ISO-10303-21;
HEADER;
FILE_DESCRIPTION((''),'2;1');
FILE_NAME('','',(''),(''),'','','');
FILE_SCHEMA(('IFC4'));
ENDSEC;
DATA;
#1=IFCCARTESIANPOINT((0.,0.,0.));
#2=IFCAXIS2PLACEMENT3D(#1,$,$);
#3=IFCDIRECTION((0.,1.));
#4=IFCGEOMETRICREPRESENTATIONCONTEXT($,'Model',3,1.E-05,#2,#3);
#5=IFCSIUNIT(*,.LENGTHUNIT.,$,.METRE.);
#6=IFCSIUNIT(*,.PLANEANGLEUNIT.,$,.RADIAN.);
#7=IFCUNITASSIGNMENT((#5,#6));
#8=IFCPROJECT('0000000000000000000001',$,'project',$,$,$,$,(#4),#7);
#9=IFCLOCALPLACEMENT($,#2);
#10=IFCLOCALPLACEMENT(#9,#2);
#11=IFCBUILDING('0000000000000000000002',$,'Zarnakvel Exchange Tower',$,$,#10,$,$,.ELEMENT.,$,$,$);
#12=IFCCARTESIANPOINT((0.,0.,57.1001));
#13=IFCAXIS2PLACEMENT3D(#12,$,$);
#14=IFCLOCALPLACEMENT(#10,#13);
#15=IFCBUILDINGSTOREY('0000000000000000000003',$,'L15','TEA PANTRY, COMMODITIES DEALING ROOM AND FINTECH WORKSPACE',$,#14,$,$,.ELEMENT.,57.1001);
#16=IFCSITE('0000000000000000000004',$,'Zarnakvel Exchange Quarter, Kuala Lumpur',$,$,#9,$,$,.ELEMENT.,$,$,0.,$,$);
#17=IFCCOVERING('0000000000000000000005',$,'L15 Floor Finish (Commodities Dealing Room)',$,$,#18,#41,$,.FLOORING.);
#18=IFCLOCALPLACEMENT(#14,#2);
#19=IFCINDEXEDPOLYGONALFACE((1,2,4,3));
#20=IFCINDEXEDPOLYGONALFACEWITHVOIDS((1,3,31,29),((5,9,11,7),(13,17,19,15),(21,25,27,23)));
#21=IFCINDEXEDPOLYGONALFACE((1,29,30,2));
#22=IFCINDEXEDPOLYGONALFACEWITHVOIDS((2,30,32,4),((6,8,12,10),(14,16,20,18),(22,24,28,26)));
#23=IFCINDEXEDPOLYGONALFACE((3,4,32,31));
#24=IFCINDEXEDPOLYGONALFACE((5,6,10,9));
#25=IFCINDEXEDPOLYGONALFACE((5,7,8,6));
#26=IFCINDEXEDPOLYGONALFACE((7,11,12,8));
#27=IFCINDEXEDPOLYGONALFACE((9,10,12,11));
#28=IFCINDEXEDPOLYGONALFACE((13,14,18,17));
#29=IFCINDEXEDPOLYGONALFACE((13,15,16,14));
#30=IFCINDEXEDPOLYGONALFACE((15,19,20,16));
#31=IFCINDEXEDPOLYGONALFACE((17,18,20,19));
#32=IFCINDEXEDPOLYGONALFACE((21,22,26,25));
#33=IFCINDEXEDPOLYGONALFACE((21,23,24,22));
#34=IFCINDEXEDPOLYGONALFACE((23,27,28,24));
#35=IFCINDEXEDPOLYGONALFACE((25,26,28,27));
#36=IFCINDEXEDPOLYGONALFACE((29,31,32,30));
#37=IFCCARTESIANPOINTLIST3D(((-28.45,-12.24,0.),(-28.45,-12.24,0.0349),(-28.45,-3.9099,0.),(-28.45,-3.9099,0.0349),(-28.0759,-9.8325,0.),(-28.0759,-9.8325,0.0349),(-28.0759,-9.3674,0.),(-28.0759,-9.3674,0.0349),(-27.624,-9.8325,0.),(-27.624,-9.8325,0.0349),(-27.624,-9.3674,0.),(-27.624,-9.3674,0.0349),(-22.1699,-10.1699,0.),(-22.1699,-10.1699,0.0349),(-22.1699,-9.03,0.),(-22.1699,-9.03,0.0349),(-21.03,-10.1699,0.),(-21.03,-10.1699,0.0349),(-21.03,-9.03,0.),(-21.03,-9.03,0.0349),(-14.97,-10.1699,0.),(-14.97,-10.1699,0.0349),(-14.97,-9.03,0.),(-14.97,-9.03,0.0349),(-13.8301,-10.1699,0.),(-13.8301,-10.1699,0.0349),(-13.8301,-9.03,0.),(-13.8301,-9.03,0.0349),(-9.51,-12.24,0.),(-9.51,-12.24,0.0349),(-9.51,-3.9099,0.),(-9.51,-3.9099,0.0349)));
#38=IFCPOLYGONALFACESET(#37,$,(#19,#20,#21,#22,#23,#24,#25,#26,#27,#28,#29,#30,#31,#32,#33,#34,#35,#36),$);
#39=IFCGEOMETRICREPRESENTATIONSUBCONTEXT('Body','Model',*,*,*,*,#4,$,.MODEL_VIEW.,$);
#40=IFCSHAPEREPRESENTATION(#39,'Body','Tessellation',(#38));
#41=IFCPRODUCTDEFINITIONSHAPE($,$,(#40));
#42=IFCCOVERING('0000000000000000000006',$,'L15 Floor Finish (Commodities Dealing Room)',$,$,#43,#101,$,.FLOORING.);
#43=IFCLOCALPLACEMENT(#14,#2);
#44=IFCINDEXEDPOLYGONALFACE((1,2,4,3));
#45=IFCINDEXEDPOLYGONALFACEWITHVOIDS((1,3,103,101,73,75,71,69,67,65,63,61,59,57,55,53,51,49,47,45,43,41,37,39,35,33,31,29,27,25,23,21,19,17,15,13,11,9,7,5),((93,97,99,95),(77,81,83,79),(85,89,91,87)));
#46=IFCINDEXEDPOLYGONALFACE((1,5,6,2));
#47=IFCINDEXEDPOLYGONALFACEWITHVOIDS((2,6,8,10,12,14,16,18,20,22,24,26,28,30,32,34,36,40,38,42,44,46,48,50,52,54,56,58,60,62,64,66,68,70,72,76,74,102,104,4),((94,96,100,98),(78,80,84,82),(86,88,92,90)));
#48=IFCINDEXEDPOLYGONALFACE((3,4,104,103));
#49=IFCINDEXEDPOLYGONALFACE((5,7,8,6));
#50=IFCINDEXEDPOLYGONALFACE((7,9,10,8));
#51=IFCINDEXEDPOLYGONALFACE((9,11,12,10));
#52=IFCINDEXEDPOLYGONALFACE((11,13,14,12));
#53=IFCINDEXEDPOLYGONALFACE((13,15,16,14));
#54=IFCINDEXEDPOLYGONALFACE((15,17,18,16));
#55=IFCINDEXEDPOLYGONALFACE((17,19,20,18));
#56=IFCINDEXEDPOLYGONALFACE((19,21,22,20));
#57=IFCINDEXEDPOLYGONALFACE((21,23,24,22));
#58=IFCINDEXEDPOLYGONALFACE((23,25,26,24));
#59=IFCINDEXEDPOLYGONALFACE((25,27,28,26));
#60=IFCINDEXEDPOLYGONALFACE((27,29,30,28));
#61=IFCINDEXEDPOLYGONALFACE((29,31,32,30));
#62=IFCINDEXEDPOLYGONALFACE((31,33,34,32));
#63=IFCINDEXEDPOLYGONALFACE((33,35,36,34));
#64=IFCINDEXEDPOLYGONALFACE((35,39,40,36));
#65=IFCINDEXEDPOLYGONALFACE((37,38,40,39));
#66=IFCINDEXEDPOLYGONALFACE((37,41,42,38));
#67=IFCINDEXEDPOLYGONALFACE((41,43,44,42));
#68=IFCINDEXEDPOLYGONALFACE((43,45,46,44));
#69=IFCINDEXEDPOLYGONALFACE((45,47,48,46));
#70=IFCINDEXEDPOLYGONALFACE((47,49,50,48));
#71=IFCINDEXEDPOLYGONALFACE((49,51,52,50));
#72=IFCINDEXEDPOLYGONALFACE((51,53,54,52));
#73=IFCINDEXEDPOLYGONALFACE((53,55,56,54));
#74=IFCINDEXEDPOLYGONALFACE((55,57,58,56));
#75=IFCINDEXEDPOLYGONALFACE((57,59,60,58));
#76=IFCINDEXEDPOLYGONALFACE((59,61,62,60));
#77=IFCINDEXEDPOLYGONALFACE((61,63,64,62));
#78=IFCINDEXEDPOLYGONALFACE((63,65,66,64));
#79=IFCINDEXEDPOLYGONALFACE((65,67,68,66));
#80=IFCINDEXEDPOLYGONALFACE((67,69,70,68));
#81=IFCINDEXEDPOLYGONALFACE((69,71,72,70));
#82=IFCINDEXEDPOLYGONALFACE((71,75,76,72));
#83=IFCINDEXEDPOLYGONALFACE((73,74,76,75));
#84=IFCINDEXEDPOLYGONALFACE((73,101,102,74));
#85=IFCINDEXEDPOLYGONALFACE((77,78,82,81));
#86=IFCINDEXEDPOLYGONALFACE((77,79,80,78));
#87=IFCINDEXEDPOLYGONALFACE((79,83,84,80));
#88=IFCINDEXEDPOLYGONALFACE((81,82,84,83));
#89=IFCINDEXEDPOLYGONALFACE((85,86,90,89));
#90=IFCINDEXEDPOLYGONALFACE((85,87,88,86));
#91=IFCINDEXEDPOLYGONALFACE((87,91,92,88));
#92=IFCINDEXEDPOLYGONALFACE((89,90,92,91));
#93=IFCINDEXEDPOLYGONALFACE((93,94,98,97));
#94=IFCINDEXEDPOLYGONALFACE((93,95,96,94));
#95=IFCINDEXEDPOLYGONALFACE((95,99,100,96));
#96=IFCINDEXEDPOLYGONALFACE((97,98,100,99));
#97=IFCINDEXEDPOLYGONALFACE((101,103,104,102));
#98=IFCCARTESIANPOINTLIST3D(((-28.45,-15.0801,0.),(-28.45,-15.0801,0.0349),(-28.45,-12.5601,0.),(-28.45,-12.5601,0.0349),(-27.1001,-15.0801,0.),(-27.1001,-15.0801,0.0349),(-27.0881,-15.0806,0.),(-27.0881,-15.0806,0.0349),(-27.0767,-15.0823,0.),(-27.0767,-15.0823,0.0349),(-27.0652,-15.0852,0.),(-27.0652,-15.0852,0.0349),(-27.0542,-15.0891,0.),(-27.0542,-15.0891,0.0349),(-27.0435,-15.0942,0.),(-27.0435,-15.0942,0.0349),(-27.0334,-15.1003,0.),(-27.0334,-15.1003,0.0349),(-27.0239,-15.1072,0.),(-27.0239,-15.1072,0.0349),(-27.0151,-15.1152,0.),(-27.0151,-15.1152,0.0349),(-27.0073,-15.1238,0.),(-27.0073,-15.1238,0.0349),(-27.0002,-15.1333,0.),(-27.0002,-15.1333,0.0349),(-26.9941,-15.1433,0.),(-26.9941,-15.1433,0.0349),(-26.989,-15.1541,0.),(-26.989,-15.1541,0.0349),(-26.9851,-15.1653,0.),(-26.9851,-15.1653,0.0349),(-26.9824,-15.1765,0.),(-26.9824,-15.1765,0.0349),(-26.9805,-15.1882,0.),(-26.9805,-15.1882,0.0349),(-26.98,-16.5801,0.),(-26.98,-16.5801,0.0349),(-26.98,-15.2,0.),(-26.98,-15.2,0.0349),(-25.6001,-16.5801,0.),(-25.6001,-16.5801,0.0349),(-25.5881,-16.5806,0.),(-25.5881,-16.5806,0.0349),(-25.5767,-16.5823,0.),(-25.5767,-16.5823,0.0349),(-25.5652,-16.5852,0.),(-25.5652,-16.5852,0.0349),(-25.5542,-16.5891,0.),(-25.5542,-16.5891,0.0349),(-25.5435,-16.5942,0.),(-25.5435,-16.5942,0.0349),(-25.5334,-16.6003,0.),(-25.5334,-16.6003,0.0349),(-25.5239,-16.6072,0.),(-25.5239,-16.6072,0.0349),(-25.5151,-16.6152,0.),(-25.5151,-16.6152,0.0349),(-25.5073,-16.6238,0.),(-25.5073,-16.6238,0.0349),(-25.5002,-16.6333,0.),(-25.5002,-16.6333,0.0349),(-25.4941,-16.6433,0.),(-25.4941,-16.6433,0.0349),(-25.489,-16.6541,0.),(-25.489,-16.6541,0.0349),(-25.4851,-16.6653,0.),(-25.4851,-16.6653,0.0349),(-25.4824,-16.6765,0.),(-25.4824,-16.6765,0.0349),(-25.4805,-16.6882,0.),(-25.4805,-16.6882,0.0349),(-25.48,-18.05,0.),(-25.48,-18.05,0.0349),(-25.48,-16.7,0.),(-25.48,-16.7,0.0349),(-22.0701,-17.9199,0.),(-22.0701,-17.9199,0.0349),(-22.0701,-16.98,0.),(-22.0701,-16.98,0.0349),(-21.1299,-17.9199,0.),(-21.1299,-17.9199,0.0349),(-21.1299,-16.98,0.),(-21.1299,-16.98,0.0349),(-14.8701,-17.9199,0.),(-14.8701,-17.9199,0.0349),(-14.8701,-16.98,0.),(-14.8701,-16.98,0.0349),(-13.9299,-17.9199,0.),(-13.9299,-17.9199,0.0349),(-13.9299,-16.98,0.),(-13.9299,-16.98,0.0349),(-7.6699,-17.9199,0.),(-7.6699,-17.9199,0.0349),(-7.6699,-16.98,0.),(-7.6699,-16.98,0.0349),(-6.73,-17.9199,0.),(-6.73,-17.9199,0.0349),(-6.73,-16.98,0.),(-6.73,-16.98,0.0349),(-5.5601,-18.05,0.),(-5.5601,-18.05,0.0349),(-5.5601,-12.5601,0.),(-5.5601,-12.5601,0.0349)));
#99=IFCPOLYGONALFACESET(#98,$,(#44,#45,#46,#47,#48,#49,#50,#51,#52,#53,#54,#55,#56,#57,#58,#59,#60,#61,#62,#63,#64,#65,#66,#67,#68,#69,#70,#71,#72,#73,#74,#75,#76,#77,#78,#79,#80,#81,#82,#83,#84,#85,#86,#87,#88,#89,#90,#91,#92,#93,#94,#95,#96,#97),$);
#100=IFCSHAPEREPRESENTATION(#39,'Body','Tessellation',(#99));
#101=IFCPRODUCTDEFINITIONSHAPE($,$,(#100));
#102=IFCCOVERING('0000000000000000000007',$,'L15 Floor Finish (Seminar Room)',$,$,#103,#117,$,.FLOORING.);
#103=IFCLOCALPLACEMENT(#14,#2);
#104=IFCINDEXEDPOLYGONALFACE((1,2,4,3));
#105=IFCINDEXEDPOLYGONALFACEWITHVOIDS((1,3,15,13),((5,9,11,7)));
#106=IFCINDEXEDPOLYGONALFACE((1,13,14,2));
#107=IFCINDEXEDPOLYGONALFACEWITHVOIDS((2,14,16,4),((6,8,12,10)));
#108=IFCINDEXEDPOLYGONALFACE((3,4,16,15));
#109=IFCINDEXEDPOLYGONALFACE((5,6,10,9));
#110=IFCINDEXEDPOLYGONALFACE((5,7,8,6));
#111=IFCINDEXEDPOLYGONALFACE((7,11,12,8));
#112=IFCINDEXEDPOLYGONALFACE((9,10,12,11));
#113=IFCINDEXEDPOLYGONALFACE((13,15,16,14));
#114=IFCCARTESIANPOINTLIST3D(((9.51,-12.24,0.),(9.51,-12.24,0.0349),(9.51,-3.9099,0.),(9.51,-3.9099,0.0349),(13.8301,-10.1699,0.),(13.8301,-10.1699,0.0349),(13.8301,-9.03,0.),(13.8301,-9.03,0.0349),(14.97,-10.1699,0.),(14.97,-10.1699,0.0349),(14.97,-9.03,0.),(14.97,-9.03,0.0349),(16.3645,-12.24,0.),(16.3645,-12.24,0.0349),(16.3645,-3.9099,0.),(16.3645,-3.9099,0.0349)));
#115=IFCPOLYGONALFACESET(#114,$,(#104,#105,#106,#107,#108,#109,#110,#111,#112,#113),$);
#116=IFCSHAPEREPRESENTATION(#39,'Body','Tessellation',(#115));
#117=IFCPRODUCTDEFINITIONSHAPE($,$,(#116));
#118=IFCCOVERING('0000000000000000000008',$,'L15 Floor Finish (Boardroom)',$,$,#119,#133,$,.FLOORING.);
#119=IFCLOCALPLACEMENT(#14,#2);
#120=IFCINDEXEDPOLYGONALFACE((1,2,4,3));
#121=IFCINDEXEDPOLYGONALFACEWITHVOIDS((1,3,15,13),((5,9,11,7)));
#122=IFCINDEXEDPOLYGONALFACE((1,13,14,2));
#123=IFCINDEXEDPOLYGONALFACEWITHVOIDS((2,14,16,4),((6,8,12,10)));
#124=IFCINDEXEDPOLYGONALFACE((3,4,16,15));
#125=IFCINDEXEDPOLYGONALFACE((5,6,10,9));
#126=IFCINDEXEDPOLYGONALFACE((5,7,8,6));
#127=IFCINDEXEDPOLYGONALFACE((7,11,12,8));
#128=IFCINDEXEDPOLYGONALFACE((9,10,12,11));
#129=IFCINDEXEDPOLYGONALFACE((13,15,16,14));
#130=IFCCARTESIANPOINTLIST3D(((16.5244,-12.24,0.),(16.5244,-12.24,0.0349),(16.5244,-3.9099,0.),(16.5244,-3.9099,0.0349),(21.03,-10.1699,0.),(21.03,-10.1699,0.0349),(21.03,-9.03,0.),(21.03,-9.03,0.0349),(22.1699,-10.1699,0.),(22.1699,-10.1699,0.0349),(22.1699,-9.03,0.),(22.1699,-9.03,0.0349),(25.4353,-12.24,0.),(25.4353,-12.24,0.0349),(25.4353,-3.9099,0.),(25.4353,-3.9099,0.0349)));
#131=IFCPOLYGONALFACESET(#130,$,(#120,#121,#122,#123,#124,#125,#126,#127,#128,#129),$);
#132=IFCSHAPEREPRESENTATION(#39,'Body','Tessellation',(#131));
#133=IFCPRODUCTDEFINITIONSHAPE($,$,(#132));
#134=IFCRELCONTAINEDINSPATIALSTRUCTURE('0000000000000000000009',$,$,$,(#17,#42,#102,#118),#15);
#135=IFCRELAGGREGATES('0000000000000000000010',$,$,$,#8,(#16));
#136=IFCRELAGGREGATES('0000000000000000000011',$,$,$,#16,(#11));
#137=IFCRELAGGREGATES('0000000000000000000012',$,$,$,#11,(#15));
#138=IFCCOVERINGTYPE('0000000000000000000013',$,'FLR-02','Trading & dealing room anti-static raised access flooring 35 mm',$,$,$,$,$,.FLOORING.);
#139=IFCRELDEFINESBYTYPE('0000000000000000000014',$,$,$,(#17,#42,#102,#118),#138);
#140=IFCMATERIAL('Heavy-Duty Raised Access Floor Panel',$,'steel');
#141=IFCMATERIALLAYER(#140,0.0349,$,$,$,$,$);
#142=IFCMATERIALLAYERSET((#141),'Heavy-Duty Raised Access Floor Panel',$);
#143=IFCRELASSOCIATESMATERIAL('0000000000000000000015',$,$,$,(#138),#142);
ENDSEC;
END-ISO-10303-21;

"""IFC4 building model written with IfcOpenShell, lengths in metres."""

from ifc_helpers import new_model, si_unit, direction, frame, origin, place, context, subcontext, project, spatial, polyline, outline, extrude, material, layer, layer_set, type_object, element, save


model = new_model("IFC4")

# Units and contexts
model_context = context("Model", 3, precision=1e-05, world=origin(), true_north=direction((0.0, 1.0)))
body_context = subcontext(model_context, "Body", "Model", "MODEL_VIEW")
ifc_project = project(units=[si_unit("LENGTHUNIT", "METRE"), si_unit("PLANEANGLEUNIT", "RADIAN")], contexts=[model_context])

# Site, building, storey
site_placement = place(None, origin())
site = spatial("IfcSite", under=ifc_project, at=site_placement, Name="Zarnakvel Exchange Quarter, Kuala Lumpur", CompositionType="ELEMENT", RefElevation=0.0)
building_placement = place(site_placement, origin())
building = spatial("IfcBuilding", under=site, at=building_placement, Name="Zarnakvel Exchange Tower", CompositionType="ELEMENT")
storey_placement = place(building_placement, frame((0.0, 0.0, 57.1001)))
storey = spatial("IfcBuildingStorey", under=building, at=storey_placement, Name="L15", Description="TEA PANTRY, COMMODITIES DEALING ROOM AND FINTECH WORKSPACE", CompositionType="ELEMENT", Elevation=57.1001)

# Coverings
ifc_material_1 = material(Name="Heavy-Duty Raised Access Floor Panel", Category="steel")
ifc_layer_1 = layer(ifc_material_1, 0.0349)
ifc_layer_set_1 = layer_set([ifc_layer_1], Name="Heavy-Duty Raised Access Floor Panel")
covering_type_1 = type_object("IfcCoveringType", Name="FLR-02", Description="Trading & dealing room anti-static raised access flooring 35 mm", PredefinedType="FLOORING", material=ifc_layer_set_1)
covering_1_placement = place(storey_placement, origin())
element("IfcCovering", 1, at=covering_1_placement, inside=storey, type_object=covering_type_1, Name="L15 Floor Finish (Commodities Dealing Room)", PredefinedType="FLOORING", context=body_context, shape_type="SweptSolid", body=[
    extrude(outline(polyline([(-28.45, -3.9099), (-9.51, -3.9099), (-9.51, -12.24), (-28.45, -12.24), (-28.45, -3.9099)]), holes=[polyline([(-13.8301, -10.1699), (-13.8301, -9.03), (-14.97, -9.03), (-14.97, -10.1699), (-13.8301, -10.1699)]), polyline([(-21.03, -10.1699), (-21.03, -9.03), (-22.1699, -9.03), (-22.1699, -10.1699), (-21.03, -10.1699)]), polyline([(-28.0759, -9.8325), (-27.624, -9.8325), (-27.624, -9.3674), (-28.0759, -9.3674), (-28.0759, -9.8325)])]), origin(), (0.0, 0.0, 1.0), 0.0349),
])
covering_2_placement = place(storey_placement, origin())
element("IfcCovering", 2, at=covering_2_placement, inside=storey, type_object=covering_type_1, Name="L15 Floor Finish (Commodities Dealing Room)", PredefinedType="FLOORING", context=body_context, shape_type="SweptSolid", body=[
    extrude(outline(polyline([(-5.5601, -12.5601), (-5.5601, -18.05), (-25.48, -18.05), (-25.48, -16.7), (-25.4805, -16.6882), (-25.4824, -16.6765), (-25.4851, -16.6653), (-25.489, -16.6541), (-25.4941, -16.6433), (-25.5002, -16.6333), (-25.5073, -16.6238), (-25.5151, -16.6152), (-25.5239, -16.6072), (-25.5334, -16.6003), (-25.5435, -16.5942), (-25.5542, -16.5891), (-25.5652, -16.5852), (-25.5767, -16.5823), (-25.5881, -16.5806), (-25.6001, -16.5801), (-26.98, -16.5801), (-26.98, -15.2), (-26.9805, -15.1882), (-26.9824, -15.1765), (-26.9851, -15.1653), (-26.989, -15.1541), (-26.9941, -15.1433), (-27.0002, -15.1333), (-27.0073, -15.1238), (-27.0151, -15.1152), (-27.0239, -15.1072), (-27.0334, -15.1003), (-27.0435, -15.0942), (-27.0542, -15.0891), (-27.0652, -15.0852), (-27.0767, -15.0823), (-27.0881, -15.0806), (-27.1001, -15.0801), (-28.45, -15.0801), (-28.45, -12.5601), (-5.5601, -12.5601)]), holes=[polyline([(-6.73, -17.9199), (-6.73, -16.98), (-7.6699, -16.98), (-7.6699, -17.9199), (-6.73, -17.9199)]), polyline([(-13.9299, -17.9199), (-13.9299, -16.98), (-14.8701, -16.98), (-14.8701, -17.9199), (-13.9299, -17.9199)]), polyline([(-21.1299, -17.9199), (-21.1299, -16.98), (-22.0701, -16.98), (-22.0701, -17.9199), (-21.1299, -17.9199)])]), origin(), (0.0, 0.0, 1.0), 0.0349),
])
covering_3_placement = place(storey_placement, origin())
element("IfcCovering", 3, at=covering_3_placement, inside=storey, type_object=covering_type_1, Name="L15 Floor Finish (Seminar Room)", PredefinedType="FLOORING", context=body_context, shape_type="SweptSolid", body=[
    extrude(outline(polyline([(9.51, -3.9099), (16.3645, -3.9099), (16.3645, -12.24), (9.51, -12.24), (9.51, -3.9099)]), holes=[polyline([(13.8301, -10.1699), (14.97, -10.1699), (14.97, -9.03), (13.8301, -9.03), (13.8301, -10.1699)])]), origin(), (0.0, 0.0, 1.0), 0.0349),
])
covering_4_placement = place(storey_placement, origin())
element("IfcCovering", 4, at=covering_4_placement, inside=storey, type_object=covering_type_1, Name="L15 Floor Finish (Boardroom)", PredefinedType="FLOORING", context=body_context, shape_type="SweptSolid", body=[
    extrude(outline(polyline([(16.5244, -3.9099), (25.4353, -3.9099), (25.4353, -12.24), (16.5244, -12.24), (16.5244, -3.9099)]), holes=[polyline([(22.1699, -10.1699), (22.1699, -9.03), (21.03, -9.03), (21.03, -10.1699), (22.1699, -10.1699)])]), origin(), (0.0, 0.0, 1.0), 0.0349),
])

save(model, "model.ifc")
